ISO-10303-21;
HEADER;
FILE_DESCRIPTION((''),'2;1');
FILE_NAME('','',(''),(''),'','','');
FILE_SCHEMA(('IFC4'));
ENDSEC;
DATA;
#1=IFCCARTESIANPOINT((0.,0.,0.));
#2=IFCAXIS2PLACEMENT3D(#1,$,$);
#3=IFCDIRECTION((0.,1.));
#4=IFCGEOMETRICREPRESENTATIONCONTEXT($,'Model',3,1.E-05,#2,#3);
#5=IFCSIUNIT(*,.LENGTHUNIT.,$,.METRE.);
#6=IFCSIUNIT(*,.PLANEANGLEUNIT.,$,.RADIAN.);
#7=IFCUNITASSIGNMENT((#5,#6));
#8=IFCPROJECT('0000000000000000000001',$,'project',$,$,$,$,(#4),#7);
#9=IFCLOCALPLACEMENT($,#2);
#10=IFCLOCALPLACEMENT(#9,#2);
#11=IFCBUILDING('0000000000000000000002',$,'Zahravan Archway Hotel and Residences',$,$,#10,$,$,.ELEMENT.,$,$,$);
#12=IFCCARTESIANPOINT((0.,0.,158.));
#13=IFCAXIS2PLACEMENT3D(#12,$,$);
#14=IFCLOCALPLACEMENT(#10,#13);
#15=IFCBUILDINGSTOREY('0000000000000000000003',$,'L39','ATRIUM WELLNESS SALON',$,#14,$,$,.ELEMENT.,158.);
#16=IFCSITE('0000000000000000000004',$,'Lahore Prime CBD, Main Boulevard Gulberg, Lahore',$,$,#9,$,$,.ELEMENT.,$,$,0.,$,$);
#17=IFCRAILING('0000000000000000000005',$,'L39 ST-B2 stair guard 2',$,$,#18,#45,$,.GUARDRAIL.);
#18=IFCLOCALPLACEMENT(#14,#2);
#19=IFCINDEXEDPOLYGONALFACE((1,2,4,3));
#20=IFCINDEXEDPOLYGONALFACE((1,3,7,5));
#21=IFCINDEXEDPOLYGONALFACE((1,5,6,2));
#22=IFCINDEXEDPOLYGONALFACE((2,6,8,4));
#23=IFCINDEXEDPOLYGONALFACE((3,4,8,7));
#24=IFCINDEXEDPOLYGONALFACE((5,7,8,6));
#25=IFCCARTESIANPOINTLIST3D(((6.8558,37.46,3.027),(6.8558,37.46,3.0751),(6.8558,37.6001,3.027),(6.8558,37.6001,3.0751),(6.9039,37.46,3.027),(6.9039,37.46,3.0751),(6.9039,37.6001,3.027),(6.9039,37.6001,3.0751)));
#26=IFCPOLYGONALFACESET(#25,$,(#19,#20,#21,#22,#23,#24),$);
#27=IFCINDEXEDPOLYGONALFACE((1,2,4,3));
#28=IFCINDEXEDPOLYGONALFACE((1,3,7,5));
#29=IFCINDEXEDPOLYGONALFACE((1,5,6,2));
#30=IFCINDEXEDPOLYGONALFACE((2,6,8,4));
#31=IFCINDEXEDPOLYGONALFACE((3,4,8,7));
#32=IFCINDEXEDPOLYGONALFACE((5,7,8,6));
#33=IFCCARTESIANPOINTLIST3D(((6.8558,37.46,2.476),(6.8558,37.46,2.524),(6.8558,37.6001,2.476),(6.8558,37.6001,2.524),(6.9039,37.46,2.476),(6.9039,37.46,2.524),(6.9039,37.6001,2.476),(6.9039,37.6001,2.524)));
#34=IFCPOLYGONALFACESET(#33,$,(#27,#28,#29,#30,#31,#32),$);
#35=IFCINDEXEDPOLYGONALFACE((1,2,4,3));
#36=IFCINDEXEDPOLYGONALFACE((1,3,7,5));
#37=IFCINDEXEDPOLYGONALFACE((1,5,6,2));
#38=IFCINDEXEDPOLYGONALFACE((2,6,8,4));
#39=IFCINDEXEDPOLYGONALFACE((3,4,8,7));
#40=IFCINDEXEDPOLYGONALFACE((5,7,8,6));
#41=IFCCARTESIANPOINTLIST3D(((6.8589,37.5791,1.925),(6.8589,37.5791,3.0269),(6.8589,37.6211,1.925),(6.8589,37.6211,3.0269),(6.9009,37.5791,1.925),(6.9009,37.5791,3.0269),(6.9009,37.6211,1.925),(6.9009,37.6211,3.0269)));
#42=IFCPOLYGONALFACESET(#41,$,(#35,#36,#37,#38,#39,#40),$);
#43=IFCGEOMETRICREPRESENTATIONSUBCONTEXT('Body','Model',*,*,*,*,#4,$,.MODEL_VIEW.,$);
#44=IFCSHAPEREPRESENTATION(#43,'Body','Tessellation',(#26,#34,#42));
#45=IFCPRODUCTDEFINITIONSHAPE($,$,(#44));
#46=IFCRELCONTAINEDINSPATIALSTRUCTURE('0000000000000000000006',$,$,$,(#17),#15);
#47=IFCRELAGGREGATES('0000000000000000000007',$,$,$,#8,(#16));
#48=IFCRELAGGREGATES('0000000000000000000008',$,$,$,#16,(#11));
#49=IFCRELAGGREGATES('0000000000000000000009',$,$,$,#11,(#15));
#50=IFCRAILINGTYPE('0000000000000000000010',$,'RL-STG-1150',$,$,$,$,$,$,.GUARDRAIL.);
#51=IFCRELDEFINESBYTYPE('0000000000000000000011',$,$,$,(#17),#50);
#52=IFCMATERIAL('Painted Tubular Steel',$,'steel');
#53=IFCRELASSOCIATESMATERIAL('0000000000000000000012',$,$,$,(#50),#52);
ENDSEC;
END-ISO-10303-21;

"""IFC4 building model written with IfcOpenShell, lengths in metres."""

from ifc_helpers import new_model, si_unit, direction, frame, origin, origin_2d, place, context, subcontext, project, spatial, rectangle, extrude, material, type_object, element, save


model = new_model("IFC4")

# Units and contexts
model_context = context("Model", 3, precision=1e-05, world=origin(), true_north=direction((0.0, 1.0)))
body_context = subcontext(model_context, "Body", "Model", "MODEL_VIEW")
ifc_project = project(units=[si_unit("LENGTHUNIT", "METRE"), si_unit("PLANEANGLEUNIT", "RADIAN")], contexts=[model_context])

# Site, building, storey
site_placement = place(None, origin())
site = spatial("IfcSite", under=ifc_project, at=site_placement, Name="Lahore Prime CBD, Main Boulevard Gulberg, Lahore", CompositionType="ELEMENT", RefElevation=0.0)
building_placement = place(site_placement, origin())
building = spatial("IfcBuilding", under=site, at=building_placement, Name="Zahravan Archway Hotel and Residences", CompositionType="ELEMENT")
storey_placement = place(building_placement, frame((0.0, 0.0, 158.0)))
storey = spatial("IfcBuildingStorey", under=building, at=storey_placement, Name="L39", Description="ATRIUM WELLNESS SALON", CompositionType="ELEMENT", Elevation=158.0)

# Railing
ifc_material_1 = material(Name="Painted Tubular Steel", Category="steel")
railing_type_1 = type_object("IfcRailingType", Name="RL-STG-1150", PredefinedType="GUARDRAIL", material=ifc_material_1)
railing_1_placement = place(storey_placement, frame((6.8799, 37.6001, 1.925)))
element("IfcRailing", 1, at=railing_1_placement, inside=storey, type_object=railing_type_1, Name="L39 ST-B2 stair guard 2", PredefinedType="GUARDRAIL", context=body_context, shape_type="SweptSolid", body=[
    extrude(rectangle(XDim=0.0481, YDim=0.0481, at=origin_2d()), frame((0.0, 0.0, 1.126), z_axis=(0.0, -1.0, 0.0), x_axis=(1.0, 0.0, 0.0)), (0.0, 0.0, 1.0), 0.1401),
    extrude(rectangle(XDim=0.0481, YDim=0.0481, at=origin_2d()), frame((0.0, 0.0, 0.575), z_axis=(0.0, -1.0, 0.0), x_axis=(1.0, 0.0, 0.0)), (0.0, 0.0, 1.0), 0.1401),
    extrude(rectangle(XDim=0.042, YDim=0.042, at=origin_2d()), origin(), (0.0, 0.0, 1.0), 1.1018),
])

save(model, "model.ifc")
